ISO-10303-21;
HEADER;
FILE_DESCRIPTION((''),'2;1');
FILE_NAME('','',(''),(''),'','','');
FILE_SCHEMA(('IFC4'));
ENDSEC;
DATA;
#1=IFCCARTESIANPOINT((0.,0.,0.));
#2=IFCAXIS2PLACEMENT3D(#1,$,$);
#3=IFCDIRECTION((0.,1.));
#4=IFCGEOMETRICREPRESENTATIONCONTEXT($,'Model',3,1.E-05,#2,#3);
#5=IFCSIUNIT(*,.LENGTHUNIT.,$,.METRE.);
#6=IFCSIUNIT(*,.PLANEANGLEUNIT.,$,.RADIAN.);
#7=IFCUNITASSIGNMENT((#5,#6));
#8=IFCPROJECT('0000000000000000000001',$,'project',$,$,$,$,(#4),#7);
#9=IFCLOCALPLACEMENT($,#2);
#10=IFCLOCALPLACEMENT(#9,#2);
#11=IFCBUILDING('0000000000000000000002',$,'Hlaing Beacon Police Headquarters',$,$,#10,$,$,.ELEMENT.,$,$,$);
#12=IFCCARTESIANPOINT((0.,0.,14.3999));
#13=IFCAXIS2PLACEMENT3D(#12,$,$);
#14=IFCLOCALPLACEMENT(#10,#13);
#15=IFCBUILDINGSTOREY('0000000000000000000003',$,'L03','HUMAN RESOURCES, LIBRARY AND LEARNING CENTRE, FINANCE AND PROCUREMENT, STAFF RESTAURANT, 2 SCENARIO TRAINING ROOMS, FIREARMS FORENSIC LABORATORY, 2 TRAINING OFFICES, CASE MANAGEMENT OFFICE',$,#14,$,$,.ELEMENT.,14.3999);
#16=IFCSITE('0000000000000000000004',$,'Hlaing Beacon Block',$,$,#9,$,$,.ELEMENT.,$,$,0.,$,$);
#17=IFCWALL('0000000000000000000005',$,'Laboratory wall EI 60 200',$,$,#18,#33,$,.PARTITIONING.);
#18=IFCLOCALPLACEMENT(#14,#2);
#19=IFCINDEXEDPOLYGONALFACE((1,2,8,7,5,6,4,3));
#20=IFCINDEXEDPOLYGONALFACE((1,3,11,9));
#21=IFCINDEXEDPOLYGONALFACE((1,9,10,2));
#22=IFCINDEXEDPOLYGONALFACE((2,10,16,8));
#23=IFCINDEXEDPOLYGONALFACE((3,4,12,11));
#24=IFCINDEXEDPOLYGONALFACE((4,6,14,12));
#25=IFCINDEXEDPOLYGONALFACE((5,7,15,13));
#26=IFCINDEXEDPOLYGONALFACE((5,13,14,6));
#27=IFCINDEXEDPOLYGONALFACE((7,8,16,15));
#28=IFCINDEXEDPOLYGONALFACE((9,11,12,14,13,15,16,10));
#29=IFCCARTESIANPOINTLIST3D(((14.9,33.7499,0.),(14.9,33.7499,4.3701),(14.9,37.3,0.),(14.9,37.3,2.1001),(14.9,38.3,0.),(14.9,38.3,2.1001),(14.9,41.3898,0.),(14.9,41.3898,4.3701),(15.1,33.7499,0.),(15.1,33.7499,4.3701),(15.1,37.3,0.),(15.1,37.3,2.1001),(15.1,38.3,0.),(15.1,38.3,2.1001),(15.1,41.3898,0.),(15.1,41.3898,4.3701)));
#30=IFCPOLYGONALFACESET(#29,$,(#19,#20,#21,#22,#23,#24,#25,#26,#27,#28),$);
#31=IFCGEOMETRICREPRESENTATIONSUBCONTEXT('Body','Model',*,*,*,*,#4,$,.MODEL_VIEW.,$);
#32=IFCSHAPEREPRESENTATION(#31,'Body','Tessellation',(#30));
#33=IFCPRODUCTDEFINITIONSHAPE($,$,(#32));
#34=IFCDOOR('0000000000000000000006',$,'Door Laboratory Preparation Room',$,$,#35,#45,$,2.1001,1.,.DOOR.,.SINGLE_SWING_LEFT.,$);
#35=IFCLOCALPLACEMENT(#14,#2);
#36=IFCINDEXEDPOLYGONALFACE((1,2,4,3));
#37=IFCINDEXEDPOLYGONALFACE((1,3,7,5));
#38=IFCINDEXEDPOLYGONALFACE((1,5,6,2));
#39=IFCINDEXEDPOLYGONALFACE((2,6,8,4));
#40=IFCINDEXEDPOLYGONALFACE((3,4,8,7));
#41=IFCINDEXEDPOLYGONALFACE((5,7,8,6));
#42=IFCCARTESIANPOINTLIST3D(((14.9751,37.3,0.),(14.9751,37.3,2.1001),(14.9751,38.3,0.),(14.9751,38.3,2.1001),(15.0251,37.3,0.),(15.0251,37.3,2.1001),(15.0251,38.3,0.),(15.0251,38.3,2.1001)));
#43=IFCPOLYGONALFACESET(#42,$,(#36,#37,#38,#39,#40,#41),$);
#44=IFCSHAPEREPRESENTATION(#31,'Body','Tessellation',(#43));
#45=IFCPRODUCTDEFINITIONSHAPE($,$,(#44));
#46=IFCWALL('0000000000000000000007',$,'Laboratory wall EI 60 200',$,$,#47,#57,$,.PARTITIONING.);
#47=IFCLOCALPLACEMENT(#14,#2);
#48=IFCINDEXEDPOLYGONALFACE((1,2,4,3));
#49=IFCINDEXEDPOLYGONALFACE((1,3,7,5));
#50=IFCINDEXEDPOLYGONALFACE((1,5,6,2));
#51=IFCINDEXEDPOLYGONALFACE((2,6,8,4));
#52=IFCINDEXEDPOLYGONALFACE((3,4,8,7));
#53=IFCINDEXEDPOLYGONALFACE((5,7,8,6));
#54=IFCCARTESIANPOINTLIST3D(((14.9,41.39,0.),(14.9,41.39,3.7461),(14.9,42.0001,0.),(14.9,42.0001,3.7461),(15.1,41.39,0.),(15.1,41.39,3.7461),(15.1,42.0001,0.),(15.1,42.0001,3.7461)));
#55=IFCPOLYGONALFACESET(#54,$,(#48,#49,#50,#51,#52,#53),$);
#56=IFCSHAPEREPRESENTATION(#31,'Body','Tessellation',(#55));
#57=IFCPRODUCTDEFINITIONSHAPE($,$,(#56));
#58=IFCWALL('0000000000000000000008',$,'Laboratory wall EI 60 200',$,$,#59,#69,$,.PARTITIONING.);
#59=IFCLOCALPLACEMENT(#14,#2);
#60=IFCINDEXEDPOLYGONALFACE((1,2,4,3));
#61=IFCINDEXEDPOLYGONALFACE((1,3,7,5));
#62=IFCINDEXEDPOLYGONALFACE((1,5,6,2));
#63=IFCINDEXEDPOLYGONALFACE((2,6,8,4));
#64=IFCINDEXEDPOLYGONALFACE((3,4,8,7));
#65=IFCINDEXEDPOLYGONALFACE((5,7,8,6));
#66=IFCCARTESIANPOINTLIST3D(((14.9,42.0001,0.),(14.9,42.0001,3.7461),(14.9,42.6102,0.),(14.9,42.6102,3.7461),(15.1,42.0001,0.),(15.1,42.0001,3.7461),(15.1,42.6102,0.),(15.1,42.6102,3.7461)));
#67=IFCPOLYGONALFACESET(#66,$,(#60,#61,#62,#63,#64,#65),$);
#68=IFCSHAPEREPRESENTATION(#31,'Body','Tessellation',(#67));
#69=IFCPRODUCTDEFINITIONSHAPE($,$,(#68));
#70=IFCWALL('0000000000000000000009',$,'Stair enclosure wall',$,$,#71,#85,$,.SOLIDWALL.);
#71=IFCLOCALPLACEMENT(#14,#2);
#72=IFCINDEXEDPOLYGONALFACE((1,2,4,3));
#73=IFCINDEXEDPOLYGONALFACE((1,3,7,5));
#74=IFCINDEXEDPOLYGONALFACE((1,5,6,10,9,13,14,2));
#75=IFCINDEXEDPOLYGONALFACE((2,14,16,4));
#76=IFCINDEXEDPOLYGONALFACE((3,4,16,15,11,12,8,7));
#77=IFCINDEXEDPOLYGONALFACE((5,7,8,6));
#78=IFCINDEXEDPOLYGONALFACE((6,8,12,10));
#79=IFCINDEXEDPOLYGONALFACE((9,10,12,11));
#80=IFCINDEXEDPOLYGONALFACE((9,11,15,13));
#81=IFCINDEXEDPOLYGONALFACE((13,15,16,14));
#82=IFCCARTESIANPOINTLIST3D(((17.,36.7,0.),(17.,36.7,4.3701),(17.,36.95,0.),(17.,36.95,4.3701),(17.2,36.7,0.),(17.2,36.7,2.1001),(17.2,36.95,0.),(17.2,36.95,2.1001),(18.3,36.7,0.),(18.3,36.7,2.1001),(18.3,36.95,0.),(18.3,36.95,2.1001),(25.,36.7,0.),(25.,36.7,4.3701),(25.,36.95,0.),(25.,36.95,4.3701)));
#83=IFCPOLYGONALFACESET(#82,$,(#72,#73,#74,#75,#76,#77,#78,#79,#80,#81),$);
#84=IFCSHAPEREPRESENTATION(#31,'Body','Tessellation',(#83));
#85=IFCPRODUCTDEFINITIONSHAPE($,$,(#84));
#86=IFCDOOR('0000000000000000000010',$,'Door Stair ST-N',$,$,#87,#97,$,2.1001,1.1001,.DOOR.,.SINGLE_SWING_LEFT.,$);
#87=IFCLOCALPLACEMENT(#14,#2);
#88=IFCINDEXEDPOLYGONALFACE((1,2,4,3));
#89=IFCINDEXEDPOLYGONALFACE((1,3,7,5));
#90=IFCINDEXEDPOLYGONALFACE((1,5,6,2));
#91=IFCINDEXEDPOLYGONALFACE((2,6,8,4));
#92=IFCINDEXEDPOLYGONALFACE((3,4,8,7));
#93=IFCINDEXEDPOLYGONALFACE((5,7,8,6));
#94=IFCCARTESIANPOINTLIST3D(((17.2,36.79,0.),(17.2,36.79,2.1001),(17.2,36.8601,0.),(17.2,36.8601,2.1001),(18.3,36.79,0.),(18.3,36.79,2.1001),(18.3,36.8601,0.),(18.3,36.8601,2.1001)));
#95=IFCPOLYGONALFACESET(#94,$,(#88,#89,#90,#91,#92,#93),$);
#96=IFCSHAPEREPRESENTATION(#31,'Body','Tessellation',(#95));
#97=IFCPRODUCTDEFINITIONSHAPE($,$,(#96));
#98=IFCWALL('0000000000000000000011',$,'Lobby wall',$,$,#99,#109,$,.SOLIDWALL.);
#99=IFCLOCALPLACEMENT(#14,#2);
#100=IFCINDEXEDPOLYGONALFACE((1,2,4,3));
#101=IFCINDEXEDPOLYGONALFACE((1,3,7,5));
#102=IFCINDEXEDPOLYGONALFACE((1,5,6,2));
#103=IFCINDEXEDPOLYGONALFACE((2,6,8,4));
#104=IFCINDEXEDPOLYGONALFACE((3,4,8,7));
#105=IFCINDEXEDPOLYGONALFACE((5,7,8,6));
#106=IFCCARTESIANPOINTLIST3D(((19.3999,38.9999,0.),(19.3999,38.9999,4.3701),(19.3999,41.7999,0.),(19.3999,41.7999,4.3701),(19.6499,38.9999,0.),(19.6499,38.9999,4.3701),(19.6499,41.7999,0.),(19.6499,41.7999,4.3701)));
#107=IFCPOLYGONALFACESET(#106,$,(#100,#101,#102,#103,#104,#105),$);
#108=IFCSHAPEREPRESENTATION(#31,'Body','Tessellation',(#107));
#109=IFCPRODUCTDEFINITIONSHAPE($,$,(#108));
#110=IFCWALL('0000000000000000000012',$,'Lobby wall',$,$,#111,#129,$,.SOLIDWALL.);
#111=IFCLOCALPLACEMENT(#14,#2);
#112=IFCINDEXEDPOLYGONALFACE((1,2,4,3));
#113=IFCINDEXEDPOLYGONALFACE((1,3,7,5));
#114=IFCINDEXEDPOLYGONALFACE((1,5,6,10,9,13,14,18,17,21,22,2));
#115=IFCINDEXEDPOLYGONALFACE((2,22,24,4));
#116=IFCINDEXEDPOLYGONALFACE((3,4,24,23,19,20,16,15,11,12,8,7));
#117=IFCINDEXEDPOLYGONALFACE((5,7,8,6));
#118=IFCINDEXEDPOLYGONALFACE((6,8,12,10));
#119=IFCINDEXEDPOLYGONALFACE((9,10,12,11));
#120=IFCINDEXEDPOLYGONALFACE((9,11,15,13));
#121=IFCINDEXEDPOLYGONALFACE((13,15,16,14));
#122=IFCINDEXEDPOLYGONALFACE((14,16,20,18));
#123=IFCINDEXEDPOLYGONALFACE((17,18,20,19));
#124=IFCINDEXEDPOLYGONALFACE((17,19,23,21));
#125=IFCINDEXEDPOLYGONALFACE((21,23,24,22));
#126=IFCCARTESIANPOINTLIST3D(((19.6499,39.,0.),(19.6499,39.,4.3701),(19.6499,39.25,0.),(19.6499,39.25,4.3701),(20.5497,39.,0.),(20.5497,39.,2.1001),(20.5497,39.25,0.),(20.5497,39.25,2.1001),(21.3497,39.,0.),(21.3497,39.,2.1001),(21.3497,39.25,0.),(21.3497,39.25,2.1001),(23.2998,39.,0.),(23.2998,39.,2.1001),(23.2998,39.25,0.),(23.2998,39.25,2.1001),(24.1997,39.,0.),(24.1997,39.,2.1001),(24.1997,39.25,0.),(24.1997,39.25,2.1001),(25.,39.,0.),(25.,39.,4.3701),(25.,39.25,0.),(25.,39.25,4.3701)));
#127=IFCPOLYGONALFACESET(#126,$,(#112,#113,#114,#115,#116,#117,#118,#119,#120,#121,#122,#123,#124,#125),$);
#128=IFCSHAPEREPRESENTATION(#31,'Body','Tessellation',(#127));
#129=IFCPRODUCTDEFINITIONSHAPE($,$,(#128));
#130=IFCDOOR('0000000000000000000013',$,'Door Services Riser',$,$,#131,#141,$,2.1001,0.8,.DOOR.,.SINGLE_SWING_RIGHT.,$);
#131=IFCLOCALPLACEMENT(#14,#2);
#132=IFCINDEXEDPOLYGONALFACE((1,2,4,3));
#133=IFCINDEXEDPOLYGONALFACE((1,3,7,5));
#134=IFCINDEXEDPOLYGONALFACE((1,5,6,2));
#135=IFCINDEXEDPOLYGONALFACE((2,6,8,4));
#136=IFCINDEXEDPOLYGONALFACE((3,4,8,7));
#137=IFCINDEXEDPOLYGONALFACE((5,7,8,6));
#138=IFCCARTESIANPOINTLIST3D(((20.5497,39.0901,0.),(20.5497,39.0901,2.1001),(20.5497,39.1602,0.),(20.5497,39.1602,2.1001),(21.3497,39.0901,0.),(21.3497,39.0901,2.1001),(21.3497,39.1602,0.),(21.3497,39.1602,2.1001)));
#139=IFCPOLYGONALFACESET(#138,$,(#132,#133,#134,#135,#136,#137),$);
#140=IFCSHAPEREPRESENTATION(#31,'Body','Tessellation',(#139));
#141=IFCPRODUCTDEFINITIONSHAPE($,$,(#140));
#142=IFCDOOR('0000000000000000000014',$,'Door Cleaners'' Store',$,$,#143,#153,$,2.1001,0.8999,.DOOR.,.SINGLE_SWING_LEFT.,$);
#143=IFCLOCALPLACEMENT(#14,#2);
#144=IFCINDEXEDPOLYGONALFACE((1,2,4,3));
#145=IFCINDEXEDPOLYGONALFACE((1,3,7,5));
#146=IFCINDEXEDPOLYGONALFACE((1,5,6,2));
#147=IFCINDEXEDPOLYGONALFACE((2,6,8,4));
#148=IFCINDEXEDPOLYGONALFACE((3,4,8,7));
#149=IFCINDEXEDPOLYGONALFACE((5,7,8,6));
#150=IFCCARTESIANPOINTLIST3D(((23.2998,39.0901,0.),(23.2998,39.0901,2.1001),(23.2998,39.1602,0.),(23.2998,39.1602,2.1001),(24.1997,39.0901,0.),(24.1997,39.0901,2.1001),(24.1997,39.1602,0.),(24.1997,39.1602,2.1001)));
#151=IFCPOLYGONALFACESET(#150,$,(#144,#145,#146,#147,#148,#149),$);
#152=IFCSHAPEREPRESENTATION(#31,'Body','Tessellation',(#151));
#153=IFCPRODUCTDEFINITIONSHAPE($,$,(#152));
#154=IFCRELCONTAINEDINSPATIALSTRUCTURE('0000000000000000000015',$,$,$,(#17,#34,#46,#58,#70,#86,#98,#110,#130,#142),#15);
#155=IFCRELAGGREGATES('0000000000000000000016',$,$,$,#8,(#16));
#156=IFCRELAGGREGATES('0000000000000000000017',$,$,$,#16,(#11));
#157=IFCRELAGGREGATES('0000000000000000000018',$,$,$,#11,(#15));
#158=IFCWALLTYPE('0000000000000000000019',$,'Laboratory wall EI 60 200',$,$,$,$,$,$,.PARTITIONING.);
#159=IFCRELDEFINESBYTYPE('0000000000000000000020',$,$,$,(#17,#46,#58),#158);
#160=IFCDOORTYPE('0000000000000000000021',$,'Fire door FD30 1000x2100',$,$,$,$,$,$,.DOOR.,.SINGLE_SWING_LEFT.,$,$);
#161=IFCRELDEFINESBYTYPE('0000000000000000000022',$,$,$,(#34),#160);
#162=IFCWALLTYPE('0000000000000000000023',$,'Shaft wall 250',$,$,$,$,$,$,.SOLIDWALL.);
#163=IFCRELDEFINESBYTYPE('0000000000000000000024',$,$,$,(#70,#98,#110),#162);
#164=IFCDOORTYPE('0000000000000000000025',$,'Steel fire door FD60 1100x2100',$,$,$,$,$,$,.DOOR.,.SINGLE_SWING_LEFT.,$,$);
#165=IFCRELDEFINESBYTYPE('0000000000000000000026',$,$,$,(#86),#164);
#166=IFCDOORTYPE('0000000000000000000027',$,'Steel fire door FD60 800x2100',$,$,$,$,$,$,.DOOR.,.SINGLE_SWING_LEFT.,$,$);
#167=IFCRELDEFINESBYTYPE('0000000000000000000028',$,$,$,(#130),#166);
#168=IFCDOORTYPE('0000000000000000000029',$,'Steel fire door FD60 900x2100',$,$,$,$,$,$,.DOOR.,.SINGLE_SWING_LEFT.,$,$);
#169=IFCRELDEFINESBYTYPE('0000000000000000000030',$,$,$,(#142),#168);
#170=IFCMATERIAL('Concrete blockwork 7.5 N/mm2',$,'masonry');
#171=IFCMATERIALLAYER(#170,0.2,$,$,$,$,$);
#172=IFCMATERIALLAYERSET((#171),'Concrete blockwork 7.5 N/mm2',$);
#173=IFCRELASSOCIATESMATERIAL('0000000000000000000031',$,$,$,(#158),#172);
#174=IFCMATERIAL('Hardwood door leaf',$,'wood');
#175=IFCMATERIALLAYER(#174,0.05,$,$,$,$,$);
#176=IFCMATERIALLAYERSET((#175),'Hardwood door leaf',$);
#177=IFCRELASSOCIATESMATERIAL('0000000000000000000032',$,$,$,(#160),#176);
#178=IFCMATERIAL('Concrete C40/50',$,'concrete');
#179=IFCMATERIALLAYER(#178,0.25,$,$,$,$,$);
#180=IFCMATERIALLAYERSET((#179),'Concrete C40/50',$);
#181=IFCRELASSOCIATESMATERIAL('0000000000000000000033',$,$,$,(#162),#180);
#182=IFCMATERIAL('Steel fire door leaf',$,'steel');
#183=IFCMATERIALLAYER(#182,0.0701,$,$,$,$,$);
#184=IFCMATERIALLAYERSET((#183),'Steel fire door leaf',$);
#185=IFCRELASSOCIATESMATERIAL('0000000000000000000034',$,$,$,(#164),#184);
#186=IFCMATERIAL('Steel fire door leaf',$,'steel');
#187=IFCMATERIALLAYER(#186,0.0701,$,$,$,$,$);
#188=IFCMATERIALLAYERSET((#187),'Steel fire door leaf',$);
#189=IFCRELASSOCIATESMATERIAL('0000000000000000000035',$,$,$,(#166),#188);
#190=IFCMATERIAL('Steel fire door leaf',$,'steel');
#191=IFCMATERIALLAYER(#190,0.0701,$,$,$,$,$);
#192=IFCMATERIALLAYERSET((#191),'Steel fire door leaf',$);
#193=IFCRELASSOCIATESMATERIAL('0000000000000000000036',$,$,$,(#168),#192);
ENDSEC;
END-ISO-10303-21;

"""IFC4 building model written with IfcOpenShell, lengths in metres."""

from ifc_helpers import new_model, si_unit, direction, frame, frame_2d, origin, place, context, subcontext, project, spatial, rectangle, extrude, material, layer, layer_set, type_object, element, fill, save


model = new_model("IFC4")

# Units and contexts
model_context = context("Model", 3, precision=1e-05, world=origin(), true_north=direction((0.0, 1.0)))
body_context = subcontext(model_context, "Body", "Model", "MODEL_VIEW")
ifc_project = project(units=[si_unit("LENGTHUNIT", "METRE"), si_unit("PLANEANGLEUNIT", "RADIAN")], contexts=[model_context])

# Site, building, storey
site_placement = place(None, origin())
site = spatial("IfcSite", under=ifc_project, at=site_placement, Name="Hlaing Beacon Block", CompositionType="ELEMENT", RefElevation=0.0)
building_placement = place(site_placement, origin())
building = spatial("IfcBuilding", under=site, at=building_placement, Name="Hlaing Beacon Police Headquarters", CompositionType="ELEMENT")
storey_placement = place(building_placement, frame((0.0, 0.0, 14.3999)))
storey = spatial("IfcBuildingStorey", under=building, at=storey_placement, Name="L03", Description="HUMAN RESOURCES, LIBRARY AND LEARNING CENTRE, FINANCE AND PROCUREMENT, STAFF RESTAURANT, 2 SCENARIO TRAINING ROOMS, FIREARMS FORENSIC LABORATORY, 2 TRAINING OFFICES, CASE MANAGEMENT OFFICE", CompositionType="ELEMENT", Elevation=14.3999)

# Wall, opening, door
ifc_material_1 = material(Name="Concrete blockwork 7.5 N/mm2", Category="masonry")
ifc_layer_1 = layer(ifc_material_1, 0.2)
ifc_layer_set_1 = layer_set([ifc_layer_1], Name="Concrete blockwork 7.5 N/mm2")
wall_type_1 = type_object("IfcWallType", Name="Laboratory wall EI 60 200", PredefinedType="PARTITIONING", material=ifc_layer_set_1)
wall_1_placement = place(storey_placement, frame((15.0, 33.75, 0.0), z_axis=(0.0, 0.0, 1.0), x_axis=(0.0, 1.0, 0.0)))
wall_1 = element("IfcWall", 1, at=wall_1_placement, inside=storey, type_object=wall_type_1, Name="Laboratory wall EI 60 200", PredefinedType="PARTITIONING", context=body_context, shape_type="SweptSolid", body=[
    extrude(rectangle(XDim=7.6399, YDim=0.2, at=frame_2d((3.8198, 0.0))), origin(), (0.0, 0.0, 1.0), 4.3701),
])
opening_1_placement = place(wall_1_placement, frame((3.55, 0.0, 0.0)))
opening_1 = element("IfcOpeningElement", 2, at=opening_1_placement, cuts=wall_1, PredefinedType="OPENING", context=body_context, shape_type="SweptSolid", body=[
    extrude(rectangle(XDim=1.0, YDim=2.1001, at=frame_2d((0.5, 1.05))), frame((0.0, 0.1099, 0.0), z_axis=(0.0, -1.0, 0.0), x_axis=(1.0, 0.0, 0.0)), (0.0, 0.0, 1.0), 0.22),
])
ifc_material_2 = material(Name="Hardwood door leaf", Category="wood")
ifc_layer_2 = layer(ifc_material_2, 0.05)
ifc_layer_set_2 = layer_set([ifc_layer_2], Name="Hardwood door leaf")
door_type_1 = type_object("IfcDoorType", Name="Fire door FD30 1000x2100", OperationType="SINGLE_SWING_LEFT", PredefinedType="DOOR", material=ifc_layer_set_2)
door_1_placement = place(opening_1_placement, origin())
door_1 = element("IfcDoor", 3, at=door_1_placement, inside=storey, type_object=door_type_1, Name="Door Laboratory Preparation Room", OperationType="SINGLE_SWING_LEFT", OverallHeight=2.1001, OverallWidth=1.0, PredefinedType="DOOR", context=body_context, shape_type="SweptSolid", body=[
    extrude(rectangle(XDim=1.0, YDim=2.1001, at=frame_2d((0.5, 1.05))), frame((0.0, 0.0249, 0.0), z_axis=(0.0, -1.0, 0.0), x_axis=(1.0, 0.0, 0.0)), (0.0, 0.0, 1.0), 0.05),
])
fill(opening_1, door_1)

# Walls
for number, where, z_axis, x_axis, name in (
    (4, (15.0, 41.3899, 0.0), (0.0, 0.0, 1.0), (0.0, 1.0, 0.0), "Laboratory wall EI 60 200"),
    (5, (15.0, 42.0, 0.0), (0.0, 0.0, 1.0), (0.0, 1.0, 0.0), "Laboratory wall EI 60 200"),
):
    element("IfcWall", number, at=place(storey_placement, frame(where, z_axis=z_axis, x_axis=x_axis)), inside=storey, type_object=wall_type_1, Name=name, PredefinedType="PARTITIONING", context=body_context, shape_type="SweptSolid", body=[
        extrude(rectangle(XDim=0.6101, YDim=0.2, at=frame_2d((0.3052, 0.0))), origin(), (0.0, 0.0, 1.0), 3.7461),
    ])

# Wall, opening, door
ifc_material_3 = material(Name="Concrete C40/50", Category="concrete")
ifc_layer_3 = layer(ifc_material_3, 0.25)
ifc_layer_set_3 = layer_set([ifc_layer_3], Name="Concrete C40/50")
wall_type_2 = type_object("IfcWallType", Name="Shaft wall 250", PredefinedType="SOLIDWALL", material=ifc_layer_set_3)
wall_2_placement = place(storey_placement, frame((17.0, 36.825, 0.0), z_axis=(0.0, 0.0, 1.0), x_axis=(1.0, 0.0, 0.0)))
wall_2 = element("IfcWall", 6, at=wall_2_placement, inside=storey, type_object=wall_type_2, Name="Stair enclosure wall", PredefinedType="SOLIDWALL", context=body_context, shape_type="SweptSolid", body=[
    extrude(rectangle(XDim=8.0, YDim=0.25, at=frame_2d((4.0, 0.0))), origin(), (0.0, 0.0, 1.0), 4.3701),
])
opening_2_placement = place(wall_2_placement, frame((0.2, 0.0, 0.0)))
opening_2 = element("IfcOpeningElement", 7, at=opening_2_placement, cuts=wall_2, PredefinedType="OPENING", context=body_context, shape_type="SweptSolid", body=[
    extrude(rectangle(XDim=1.1001, YDim=2.1001, at=frame_2d((0.55, 1.05))), frame((0.0, 0.135, 0.0), z_axis=(0.0, -1.0, 0.0), x_axis=(1.0, 0.0, 0.0)), (0.0, 0.0, 1.0), 0.27),
])
ifc_material_4 = material(Name="Steel fire door leaf", Category="steel")
ifc_layer_4 = layer(ifc_material_4, 0.0701)
ifc_layer_set_4 = layer_set([ifc_layer_4], Name="Steel fire door leaf")
door_type_2 = type_object("IfcDoorType", Name="Steel fire door FD60 1100x2100", OperationType="SINGLE_SWING_LEFT", PredefinedType="DOOR", material=ifc_layer_set_4)
door_2_placement = place(opening_2_placement, frame((1.1001, 0.0, 0.0), z_axis=(0.0, 0.0, 1.0), x_axis=(-1.0, 0.0, 0.0)))
door_2 = element("IfcDoor", 8, at=door_2_placement, inside=storey, type_object=door_type_2, Name="Door Stair ST-N", OperationType="SINGLE_SWING_LEFT", OverallHeight=2.1001, OverallWidth=1.1001, PredefinedType="DOOR", context=body_context, shape_type="SweptSolid", body=[
    extrude(rectangle(XDim=1.1001, YDim=2.1001, at=frame_2d((0.55, 1.05))), frame((0.0, 0.0349, 0.0), z_axis=(0.0, -1.0, 0.0), x_axis=(1.0, 0.0, 0.0)), (0.0, 0.0, 1.0), 0.0701),
])
fill(opening_2, door_2)

# Wall
wall_3_placement = place(storey_placement, frame((19.5249, 39.0, 0.0), z_axis=(0.0, 0.0, 1.0), x_axis=(0.0, 1.0, 0.0)))
element("IfcWall", 9, at=wall_3_placement, inside=storey, type_object=wall_type_2, Name="Lobby wall", PredefinedType="SOLIDWALL", context=body_context, shape_type="SweptSolid", body=[
    extrude(rectangle(XDim=2.8, YDim=0.25, at=frame_2d((1.3999, 0.0))), origin(), (0.0, 0.0, 1.0), 4.3701),
])

# Wall, openings, doors
wall_4_placement = place(storey_placement, frame((19.6499, 39.125, 0.0), z_axis=(0.0, 0.0, 1.0), x_axis=(1.0, 0.0, 0.0)))
wall_4 = element("IfcWall", 10, at=wall_4_placement, inside=storey, type_object=wall_type_2, Name="Lobby wall", PredefinedType="SOLIDWALL", context=body_context, shape_type="SweptSolid", body=[
    extrude(rectangle(XDim=5.3501, YDim=0.25, at=frame_2d((2.675, 0.0))), origin(), (0.0, 0.0, 1.0), 4.3701),
])
opening_3_placement = place(wall_4_placement, frame((3.6499, 0.0, 0.0)))
opening_3 = element("IfcOpeningElement", 11, at=opening_3_placement, cuts=wall_4, PredefinedType="OPENING", context=body_context, shape_type="SweptSolid", body=[
    extrude(rectangle(XDim=0.8999, YDim=2.1001, at=frame_2d((0.45, 1.05))), frame((0.0, 0.135, 0.0), z_axis=(0.0, -1.0, 0.0), x_axis=(1.0, 0.0, 0.0)), (0.0, 0.0, 1.0), 0.27),
])
opening_4_placement = place(wall_4_placement, frame((0.8999, 0.0, 0.0)))
opening_4 = element("IfcOpeningElement", 12, at=opening_4_placement, cuts=wall_4, PredefinedType="OPENING", context=body_context, shape_type="SweptSolid", body=[
    extrude(rectangle(XDim=0.8, YDim=2.1001, at=frame_2d((0.3999, 1.05))), frame((0.0, 0.135, 0.0), z_axis=(0.0, -1.0, 0.0), x_axis=(1.0, 0.0, 0.0)), (0.0, 0.0, 1.0), 0.27),
])
ifc_material_5 = material(Name="Steel fire door leaf", Category="steel")
ifc_layer_5 = layer(ifc_material_5, 0.0701)
ifc_layer_set_5 = layer_set([ifc_layer_5], Name="Steel fire door leaf")
door_type_3 = type_object("IfcDoorType", Name="Steel fire door FD60 800x2100", OperationType="SINGLE_SWING_LEFT", PredefinedType="DOOR", material=ifc_layer_set_5)
door_3_placement = place(opening_4_placement, origin())
door_3 = element("IfcDoor", 13, at=door_3_placement, inside=storey, type_object=door_type_3, Name="Door Services Riser", OperationType="SINGLE_SWING_RIGHT", OverallHeight=2.1001, OverallWidth=0.8, PredefinedType="DOOR", context=body_context, shape_type="SweptSolid", body=[
    extrude(rectangle(XDim=0.8, YDim=2.1001, at=frame_2d((0.3999, 1.05))), frame((0.0, 0.0352, 0.0), z_axis=(0.0, -1.0, 0.0), x_axis=(1.0, 0.0, 0.0)), (0.0, 0.0, 1.0), 0.0701),
])
fill(opening_4, door_3)
ifc_material_6 = material(Name="Steel fire door leaf", Category="steel")
ifc_layer_6 = layer(ifc_material_6, 0.0701)
ifc_layer_set_6 = layer_set([ifc_layer_6], Name="Steel fire door leaf")
door_type_4 = type_object("IfcDoorType", Name="Steel fire door FD60 900x2100", OperationType="SINGLE_SWING_LEFT", PredefinedType="DOOR", material=ifc_layer_set_6)
door_4_placement = place(opening_3_placement, origin())
door_4 = element("IfcDoor", 14, at=door_4_placement, inside=storey, type_object=door_type_4, Name="Door Cleaners' Store", OperationType="SINGLE_SWING_LEFT", OverallHeight=2.1001, OverallWidth=0.8999, PredefinedType="DOOR", context=body_context, shape_type="SweptSolid", body=[
    extrude(rectangle(XDim=0.8999, YDim=2.1001, at=frame_2d((0.45, 1.05))), frame((0.0, 0.0352, 0.0), z_axis=(0.0, -1.0, 0.0), x_axis=(1.0, 0.0, 0.0)), (0.0, 0.0, 1.0), 0.0701),
])
fill(opening_3, door_4)

save(model, "model.ifc")
